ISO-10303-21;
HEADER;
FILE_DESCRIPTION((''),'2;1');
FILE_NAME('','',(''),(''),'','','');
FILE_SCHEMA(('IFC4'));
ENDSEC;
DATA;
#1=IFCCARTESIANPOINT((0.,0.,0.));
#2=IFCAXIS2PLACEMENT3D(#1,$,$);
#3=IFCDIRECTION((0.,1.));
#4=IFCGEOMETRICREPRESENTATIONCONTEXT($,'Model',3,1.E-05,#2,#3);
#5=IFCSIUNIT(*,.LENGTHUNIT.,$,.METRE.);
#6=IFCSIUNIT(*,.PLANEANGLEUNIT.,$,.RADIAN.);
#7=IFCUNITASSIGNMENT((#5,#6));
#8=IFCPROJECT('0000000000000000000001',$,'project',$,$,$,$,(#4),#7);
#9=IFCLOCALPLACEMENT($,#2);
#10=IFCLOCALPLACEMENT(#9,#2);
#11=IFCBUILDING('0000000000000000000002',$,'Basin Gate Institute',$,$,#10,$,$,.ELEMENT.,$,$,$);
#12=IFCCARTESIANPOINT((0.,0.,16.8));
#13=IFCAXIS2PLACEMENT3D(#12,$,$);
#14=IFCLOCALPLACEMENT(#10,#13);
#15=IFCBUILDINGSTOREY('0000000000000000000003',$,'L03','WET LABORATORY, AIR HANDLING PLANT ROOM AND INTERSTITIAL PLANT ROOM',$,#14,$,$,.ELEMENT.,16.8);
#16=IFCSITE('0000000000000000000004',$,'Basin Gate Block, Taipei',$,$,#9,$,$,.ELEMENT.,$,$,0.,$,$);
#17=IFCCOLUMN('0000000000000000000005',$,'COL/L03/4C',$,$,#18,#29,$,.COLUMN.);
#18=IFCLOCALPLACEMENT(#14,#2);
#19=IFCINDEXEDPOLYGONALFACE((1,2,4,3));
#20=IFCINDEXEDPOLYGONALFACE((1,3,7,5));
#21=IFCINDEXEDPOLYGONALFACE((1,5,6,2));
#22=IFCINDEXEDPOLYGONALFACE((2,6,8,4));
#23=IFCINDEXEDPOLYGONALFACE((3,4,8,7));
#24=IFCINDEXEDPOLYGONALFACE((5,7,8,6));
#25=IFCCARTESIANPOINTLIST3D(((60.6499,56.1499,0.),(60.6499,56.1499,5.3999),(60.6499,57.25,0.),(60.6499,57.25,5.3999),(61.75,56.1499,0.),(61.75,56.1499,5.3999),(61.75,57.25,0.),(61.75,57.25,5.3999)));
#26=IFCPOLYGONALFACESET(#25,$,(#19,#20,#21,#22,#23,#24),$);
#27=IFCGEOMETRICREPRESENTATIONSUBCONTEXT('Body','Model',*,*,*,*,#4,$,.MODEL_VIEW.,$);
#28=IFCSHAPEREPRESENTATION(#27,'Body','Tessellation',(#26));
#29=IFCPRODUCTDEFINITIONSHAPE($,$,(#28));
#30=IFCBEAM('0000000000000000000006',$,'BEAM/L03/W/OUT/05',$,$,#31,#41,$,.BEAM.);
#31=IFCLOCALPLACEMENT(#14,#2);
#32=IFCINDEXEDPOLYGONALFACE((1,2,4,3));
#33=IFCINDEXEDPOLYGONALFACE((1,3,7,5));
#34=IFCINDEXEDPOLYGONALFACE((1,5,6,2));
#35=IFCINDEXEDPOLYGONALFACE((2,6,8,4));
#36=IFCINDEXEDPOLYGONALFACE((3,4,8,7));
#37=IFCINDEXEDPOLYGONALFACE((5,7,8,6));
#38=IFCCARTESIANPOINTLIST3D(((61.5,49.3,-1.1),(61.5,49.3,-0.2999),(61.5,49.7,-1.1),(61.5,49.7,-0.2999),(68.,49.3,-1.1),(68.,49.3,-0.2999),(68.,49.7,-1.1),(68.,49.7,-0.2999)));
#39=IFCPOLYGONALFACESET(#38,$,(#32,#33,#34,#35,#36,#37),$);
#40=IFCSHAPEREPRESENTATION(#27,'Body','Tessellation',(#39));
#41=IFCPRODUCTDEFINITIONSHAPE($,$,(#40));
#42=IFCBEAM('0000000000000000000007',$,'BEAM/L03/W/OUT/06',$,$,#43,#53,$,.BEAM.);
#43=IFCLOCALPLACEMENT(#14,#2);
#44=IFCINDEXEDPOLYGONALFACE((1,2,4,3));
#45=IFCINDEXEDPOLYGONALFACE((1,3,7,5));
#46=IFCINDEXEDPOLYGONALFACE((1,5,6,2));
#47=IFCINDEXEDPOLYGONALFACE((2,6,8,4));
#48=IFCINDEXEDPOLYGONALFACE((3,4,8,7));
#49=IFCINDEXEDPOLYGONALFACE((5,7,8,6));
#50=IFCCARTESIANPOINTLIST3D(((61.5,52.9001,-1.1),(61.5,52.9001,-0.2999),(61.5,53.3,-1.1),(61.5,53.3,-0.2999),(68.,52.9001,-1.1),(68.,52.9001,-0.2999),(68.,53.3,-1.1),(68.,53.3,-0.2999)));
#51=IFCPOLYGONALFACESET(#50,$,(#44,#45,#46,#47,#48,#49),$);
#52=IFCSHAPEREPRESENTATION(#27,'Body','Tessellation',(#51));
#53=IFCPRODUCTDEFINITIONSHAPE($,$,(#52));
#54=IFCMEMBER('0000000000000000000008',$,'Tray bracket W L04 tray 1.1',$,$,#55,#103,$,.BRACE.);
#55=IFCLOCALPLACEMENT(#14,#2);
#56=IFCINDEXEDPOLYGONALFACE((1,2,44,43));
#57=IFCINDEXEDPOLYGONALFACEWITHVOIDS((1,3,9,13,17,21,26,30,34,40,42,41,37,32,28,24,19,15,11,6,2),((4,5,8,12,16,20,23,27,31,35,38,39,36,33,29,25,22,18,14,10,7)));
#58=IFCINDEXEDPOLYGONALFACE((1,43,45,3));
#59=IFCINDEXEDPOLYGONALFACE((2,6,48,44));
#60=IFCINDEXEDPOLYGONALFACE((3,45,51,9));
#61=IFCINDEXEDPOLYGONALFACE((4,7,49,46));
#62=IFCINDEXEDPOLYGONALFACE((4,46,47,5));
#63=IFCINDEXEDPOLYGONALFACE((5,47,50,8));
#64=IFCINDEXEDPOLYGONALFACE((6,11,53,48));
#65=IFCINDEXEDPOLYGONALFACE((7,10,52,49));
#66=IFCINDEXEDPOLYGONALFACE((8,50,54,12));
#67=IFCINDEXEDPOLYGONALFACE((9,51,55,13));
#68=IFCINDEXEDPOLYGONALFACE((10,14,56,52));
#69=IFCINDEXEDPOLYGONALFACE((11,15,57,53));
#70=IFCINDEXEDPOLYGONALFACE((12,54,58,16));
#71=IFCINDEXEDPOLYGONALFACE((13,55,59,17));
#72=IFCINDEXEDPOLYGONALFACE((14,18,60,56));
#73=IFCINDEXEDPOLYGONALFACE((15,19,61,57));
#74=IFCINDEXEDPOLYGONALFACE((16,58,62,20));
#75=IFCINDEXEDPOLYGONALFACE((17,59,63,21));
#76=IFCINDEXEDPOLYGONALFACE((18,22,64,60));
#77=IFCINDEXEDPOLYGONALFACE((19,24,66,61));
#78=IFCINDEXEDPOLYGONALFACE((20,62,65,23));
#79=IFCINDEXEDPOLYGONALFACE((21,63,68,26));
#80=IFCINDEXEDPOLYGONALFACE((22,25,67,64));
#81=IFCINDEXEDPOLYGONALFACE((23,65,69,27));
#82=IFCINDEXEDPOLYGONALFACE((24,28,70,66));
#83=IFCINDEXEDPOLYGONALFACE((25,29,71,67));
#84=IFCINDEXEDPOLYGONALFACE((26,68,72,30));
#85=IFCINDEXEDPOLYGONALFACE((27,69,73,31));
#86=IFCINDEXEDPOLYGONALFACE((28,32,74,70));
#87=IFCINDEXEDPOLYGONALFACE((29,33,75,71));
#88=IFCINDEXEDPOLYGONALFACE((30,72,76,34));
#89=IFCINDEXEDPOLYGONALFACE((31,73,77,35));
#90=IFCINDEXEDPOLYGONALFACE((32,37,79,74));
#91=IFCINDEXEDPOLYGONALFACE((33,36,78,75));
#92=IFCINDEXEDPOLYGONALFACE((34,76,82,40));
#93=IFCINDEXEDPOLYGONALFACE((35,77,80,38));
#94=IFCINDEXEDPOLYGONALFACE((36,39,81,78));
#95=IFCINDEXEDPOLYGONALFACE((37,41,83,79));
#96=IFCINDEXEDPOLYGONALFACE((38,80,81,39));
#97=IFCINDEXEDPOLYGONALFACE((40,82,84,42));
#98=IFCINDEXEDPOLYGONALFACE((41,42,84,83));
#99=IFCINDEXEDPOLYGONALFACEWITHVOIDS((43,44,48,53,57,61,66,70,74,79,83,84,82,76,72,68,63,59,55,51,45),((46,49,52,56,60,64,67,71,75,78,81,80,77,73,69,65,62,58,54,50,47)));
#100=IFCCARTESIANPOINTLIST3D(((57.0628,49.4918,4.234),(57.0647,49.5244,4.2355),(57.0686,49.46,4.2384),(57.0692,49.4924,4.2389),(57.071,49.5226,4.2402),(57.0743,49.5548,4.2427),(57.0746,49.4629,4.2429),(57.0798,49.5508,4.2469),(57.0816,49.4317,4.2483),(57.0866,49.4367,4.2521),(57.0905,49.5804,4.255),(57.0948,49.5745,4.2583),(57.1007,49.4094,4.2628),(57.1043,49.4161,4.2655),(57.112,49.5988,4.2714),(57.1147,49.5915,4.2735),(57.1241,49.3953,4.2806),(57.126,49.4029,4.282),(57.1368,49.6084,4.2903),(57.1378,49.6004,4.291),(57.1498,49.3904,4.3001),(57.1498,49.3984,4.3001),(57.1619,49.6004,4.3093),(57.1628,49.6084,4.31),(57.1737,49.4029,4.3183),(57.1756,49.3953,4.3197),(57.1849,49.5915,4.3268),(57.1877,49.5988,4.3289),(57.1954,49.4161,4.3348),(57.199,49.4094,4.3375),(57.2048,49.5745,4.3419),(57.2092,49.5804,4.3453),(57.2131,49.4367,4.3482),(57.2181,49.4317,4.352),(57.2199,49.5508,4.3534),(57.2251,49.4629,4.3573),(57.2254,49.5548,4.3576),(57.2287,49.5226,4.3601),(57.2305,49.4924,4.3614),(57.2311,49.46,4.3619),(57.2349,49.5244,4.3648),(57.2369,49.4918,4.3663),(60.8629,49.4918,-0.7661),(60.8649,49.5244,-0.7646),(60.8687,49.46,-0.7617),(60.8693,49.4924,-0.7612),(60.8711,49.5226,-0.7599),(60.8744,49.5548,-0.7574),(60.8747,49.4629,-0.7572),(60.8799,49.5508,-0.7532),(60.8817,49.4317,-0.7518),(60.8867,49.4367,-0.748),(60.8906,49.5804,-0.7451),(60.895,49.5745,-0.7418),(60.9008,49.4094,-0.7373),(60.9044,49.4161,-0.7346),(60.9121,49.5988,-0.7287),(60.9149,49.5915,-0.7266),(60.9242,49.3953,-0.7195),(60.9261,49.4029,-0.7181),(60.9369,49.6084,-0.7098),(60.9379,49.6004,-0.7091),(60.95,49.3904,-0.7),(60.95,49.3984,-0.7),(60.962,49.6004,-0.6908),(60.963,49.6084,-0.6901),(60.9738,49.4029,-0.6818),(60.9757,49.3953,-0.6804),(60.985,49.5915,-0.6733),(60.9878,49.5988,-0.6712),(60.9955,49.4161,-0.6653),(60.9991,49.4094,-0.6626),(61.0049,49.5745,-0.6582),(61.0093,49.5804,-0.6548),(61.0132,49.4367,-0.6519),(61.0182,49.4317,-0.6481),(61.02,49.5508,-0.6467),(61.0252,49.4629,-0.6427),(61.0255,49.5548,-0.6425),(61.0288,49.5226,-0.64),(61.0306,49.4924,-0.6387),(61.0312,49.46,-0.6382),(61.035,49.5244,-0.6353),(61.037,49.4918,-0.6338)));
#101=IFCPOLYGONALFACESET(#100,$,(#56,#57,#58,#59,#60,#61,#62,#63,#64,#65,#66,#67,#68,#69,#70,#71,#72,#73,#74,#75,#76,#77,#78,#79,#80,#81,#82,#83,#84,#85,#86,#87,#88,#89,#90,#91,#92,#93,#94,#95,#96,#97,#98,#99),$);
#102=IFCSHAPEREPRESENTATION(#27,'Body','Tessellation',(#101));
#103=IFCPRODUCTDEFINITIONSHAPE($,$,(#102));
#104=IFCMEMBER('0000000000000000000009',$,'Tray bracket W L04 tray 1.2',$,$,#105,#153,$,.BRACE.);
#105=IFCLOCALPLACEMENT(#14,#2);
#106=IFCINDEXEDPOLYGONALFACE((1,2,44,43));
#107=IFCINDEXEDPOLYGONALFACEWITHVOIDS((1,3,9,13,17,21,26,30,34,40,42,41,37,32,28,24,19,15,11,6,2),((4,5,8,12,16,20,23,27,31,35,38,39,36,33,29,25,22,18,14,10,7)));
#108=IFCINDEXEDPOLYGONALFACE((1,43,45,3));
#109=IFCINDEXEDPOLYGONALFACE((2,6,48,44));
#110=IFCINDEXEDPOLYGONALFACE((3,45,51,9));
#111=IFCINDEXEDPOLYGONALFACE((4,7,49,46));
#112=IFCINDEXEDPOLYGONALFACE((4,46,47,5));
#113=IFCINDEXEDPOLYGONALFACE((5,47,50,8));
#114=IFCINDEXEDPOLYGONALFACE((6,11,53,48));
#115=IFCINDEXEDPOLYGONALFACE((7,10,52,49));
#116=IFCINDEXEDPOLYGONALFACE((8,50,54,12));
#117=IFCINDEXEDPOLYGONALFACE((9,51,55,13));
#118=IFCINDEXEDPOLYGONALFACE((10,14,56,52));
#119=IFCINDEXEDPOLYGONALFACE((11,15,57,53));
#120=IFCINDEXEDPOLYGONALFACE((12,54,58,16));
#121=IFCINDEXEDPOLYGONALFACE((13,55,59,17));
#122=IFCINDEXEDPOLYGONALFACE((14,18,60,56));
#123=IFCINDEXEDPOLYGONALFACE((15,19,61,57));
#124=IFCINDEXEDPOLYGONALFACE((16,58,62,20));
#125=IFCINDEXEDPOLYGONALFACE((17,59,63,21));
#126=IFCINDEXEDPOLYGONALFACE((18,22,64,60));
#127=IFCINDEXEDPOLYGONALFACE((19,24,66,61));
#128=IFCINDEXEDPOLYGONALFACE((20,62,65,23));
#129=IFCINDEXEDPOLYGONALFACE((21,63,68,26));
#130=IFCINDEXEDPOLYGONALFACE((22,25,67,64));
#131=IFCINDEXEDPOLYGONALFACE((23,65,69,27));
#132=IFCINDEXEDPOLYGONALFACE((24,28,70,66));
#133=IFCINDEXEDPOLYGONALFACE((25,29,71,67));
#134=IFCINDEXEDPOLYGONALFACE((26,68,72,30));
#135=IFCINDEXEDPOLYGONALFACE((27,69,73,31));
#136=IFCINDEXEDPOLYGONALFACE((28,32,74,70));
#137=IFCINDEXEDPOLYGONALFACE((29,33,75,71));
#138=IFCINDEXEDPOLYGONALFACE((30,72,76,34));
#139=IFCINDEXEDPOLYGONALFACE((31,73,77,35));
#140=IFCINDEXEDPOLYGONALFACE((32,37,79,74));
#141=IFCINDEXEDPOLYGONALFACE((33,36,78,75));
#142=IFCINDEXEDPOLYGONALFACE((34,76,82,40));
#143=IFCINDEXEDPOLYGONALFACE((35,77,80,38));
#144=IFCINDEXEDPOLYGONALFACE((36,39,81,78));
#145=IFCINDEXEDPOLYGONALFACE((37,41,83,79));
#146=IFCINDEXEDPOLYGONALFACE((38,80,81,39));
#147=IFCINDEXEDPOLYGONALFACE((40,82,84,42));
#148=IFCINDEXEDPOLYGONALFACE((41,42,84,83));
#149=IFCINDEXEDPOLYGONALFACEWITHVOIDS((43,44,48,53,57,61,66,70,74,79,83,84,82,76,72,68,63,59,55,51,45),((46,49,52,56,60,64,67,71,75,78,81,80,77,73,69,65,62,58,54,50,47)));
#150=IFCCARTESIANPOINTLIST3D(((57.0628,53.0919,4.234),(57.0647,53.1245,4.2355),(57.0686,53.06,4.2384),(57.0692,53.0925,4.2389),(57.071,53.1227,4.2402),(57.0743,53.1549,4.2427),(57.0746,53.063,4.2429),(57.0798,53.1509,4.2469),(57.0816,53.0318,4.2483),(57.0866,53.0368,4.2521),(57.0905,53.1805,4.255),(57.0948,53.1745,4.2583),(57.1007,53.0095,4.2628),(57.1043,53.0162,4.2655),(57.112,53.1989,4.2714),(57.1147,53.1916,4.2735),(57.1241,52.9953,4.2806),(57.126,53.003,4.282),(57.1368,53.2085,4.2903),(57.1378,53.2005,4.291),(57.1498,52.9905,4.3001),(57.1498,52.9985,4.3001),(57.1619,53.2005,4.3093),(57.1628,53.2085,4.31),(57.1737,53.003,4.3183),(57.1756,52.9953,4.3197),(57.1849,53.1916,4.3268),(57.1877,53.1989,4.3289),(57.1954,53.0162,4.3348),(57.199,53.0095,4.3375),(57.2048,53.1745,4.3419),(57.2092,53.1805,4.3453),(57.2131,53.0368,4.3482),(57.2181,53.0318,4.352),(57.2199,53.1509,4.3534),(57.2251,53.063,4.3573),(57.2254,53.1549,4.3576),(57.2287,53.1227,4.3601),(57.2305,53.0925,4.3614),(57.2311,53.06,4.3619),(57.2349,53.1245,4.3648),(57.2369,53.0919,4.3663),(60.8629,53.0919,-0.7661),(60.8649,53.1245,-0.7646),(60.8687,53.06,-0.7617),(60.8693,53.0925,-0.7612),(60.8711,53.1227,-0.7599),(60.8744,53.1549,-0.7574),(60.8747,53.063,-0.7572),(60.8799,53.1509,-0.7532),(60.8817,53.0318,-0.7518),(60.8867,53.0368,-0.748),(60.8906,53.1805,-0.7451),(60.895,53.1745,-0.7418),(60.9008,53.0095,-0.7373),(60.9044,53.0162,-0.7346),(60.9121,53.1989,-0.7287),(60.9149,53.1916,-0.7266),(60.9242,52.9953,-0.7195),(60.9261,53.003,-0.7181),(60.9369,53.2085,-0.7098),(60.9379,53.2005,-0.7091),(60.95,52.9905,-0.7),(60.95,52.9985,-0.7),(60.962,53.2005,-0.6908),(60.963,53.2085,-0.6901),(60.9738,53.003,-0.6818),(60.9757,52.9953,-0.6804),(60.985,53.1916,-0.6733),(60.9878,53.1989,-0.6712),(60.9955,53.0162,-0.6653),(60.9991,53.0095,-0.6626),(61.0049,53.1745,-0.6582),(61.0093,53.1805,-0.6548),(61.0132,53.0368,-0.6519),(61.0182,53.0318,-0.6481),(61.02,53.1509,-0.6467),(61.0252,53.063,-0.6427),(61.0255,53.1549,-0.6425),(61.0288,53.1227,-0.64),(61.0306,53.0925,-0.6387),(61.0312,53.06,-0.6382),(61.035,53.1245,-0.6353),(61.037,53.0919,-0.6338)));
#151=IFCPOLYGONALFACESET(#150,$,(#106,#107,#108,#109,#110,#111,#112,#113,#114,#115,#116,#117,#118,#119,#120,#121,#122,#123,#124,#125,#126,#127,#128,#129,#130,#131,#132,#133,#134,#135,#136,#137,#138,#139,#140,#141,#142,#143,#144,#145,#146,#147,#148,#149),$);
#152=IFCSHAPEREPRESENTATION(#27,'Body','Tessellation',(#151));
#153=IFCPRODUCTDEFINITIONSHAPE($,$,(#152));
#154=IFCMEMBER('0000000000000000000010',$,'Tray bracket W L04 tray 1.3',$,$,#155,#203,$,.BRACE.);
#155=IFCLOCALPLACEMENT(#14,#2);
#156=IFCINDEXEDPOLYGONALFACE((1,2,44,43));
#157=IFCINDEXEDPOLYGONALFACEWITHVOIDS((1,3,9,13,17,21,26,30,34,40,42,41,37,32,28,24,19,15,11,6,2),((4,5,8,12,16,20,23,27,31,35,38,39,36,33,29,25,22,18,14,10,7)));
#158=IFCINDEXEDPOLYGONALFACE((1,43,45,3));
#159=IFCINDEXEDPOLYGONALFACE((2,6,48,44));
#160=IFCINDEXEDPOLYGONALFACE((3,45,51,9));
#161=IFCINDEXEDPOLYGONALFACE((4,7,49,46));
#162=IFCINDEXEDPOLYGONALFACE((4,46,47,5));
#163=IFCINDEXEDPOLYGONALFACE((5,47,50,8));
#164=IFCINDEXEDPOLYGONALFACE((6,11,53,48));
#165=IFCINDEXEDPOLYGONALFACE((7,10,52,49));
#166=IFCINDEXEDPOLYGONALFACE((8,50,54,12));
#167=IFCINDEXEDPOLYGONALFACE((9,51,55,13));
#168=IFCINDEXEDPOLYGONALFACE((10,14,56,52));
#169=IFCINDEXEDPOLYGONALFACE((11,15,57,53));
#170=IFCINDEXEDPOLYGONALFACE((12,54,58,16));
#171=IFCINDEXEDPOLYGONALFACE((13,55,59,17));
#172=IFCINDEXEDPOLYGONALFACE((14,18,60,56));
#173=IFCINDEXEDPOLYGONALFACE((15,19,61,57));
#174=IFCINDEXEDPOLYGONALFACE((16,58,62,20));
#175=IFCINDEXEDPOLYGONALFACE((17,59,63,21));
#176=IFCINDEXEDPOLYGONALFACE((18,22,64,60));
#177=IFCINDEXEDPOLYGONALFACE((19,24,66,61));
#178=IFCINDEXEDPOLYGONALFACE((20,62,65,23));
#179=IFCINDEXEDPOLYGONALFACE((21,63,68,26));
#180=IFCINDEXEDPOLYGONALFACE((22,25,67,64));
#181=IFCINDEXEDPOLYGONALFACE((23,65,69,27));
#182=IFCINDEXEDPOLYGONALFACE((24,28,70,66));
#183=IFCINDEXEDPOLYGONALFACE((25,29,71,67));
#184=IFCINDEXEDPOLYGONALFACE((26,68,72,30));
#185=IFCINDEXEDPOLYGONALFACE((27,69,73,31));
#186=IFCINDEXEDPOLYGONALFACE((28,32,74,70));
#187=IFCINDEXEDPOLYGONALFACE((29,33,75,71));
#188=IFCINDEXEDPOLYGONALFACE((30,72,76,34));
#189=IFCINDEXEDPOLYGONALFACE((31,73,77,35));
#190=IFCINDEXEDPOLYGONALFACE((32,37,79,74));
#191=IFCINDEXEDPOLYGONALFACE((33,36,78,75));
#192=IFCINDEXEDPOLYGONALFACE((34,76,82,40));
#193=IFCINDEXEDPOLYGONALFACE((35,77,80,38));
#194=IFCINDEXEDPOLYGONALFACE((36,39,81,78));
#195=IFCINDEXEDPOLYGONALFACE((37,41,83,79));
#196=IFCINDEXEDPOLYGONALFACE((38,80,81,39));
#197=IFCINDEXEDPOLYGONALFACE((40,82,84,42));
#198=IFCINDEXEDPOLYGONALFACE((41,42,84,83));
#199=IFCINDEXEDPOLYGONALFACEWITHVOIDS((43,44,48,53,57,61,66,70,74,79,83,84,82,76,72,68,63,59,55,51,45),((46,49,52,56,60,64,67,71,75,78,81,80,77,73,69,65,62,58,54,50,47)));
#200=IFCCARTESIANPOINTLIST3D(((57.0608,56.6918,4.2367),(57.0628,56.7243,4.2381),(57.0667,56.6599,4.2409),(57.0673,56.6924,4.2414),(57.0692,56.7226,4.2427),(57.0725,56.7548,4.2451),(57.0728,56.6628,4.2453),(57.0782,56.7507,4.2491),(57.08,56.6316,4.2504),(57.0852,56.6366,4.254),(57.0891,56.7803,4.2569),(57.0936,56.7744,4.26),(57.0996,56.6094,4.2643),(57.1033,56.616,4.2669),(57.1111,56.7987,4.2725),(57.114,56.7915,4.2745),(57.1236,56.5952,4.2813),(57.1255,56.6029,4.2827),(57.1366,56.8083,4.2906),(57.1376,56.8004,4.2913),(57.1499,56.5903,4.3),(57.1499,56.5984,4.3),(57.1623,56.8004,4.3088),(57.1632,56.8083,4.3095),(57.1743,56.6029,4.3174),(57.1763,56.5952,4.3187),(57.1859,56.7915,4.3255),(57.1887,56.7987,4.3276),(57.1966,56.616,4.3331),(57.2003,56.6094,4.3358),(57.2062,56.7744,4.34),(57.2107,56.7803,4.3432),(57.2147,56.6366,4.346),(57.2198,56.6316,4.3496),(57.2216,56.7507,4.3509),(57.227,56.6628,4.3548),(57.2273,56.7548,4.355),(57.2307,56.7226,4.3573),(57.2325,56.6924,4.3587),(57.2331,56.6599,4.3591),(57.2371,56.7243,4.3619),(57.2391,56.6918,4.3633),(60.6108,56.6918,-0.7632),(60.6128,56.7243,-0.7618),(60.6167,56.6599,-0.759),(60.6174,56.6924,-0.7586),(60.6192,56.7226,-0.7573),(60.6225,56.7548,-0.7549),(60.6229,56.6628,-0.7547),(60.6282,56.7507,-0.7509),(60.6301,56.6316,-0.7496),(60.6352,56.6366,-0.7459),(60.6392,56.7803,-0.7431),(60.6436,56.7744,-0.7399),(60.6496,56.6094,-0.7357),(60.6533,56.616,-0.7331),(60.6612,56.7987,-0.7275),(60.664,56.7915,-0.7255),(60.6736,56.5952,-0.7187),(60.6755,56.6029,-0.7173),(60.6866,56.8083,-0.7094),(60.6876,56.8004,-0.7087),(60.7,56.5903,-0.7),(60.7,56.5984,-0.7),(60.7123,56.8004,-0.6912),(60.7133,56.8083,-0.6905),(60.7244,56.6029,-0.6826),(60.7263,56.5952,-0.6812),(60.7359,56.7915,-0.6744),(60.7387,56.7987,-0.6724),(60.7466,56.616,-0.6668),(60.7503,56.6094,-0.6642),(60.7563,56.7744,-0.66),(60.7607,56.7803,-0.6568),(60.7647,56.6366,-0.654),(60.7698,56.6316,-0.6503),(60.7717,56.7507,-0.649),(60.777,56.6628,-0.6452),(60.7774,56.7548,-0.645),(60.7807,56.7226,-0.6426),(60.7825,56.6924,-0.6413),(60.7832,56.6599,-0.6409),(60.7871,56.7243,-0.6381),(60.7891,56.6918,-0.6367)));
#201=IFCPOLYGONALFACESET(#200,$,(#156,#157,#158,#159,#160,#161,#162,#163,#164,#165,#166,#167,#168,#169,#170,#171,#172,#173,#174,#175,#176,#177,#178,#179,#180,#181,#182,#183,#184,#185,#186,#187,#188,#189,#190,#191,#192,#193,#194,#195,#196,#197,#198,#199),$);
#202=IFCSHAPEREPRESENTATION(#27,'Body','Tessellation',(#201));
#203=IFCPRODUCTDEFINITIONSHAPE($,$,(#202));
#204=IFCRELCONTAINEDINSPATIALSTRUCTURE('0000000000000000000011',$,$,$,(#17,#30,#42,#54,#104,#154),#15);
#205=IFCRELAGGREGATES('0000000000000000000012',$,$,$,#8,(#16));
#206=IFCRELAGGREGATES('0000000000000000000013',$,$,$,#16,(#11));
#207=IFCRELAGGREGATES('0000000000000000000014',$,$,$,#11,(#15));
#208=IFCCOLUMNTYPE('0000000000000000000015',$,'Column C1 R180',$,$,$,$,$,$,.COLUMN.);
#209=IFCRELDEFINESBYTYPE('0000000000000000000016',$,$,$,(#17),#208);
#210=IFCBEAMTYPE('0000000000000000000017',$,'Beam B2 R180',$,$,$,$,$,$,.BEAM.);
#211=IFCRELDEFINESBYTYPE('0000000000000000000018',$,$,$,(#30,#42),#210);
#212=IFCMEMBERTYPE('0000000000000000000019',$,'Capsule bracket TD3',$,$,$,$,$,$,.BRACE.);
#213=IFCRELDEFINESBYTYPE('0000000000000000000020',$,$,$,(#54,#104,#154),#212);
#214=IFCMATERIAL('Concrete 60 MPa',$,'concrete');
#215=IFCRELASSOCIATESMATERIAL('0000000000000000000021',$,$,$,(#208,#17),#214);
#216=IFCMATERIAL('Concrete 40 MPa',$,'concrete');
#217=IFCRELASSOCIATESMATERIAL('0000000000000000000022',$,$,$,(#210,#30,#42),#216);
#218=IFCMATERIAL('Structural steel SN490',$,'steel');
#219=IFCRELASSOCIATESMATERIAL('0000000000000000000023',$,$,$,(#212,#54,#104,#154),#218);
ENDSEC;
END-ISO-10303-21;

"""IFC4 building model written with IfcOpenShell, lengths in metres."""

from ifc_helpers import new_model, si_unit, direction, frame, origin, origin_2d, place, context, subcontext, project, spatial, rectangle, hollow_circle, extrude, material, material_profile, profile_set, type_object, element, save


model = new_model("IFC4")

# Units and contexts
model_context = context("Model", 3, precision=1e-05, world=origin(), true_north=direction((0.0, 1.0)))
body_context = subcontext(model_context, "Body", "Model", "MODEL_VIEW")
ifc_project = project(units=[si_unit("LENGTHUNIT", "METRE"), si_unit("PLANEANGLEUNIT", "RADIAN")], contexts=[model_context])

# Site, building, storey
site_placement = place(None, origin())
site = spatial("IfcSite", under=ifc_project, at=site_placement, Name="Basin Gate Block, Taipei", CompositionType="ELEMENT", RefElevation=0.0)
building_placement = place(site_placement, origin())
building = spatial("IfcBuilding", under=site, at=building_placement, Name="Basin Gate Institute", CompositionType="ELEMENT")
storey_placement = place(building_placement, frame((0.0, 0.0, 16.8)))
storey = spatial("IfcBuildingStorey", under=building, at=storey_placement, Name="L03", Description="WET LABORATORY, AIR HANDLING PLANT ROOM AND INTERSTITIAL PLANT ROOM", CompositionType="ELEMENT", Elevation=16.8)

# Column
ifc_material_1 = material(Name="Concrete 60 MPa", Category="concrete")
ifc_material_profile_1 = material_profile(ifc_material_1, rectangle(XDim=1.1001, YDim=1.1001, at=origin_2d()), Name="Column C1 1100 x 1100")
ifc_profile_set_1 = profile_set([ifc_material_profile_1], Name="Concrete 60 MPa")
column_type = type_object("IfcColumnType", Name="Column C1 R180", PredefinedType="COLUMN", material=ifc_profile_set_1)
column_placement = place(storey_placement, frame((61.2, 56.7, 0.0), z_axis=(0.0, 0.0, 1.0), x_axis=(1.0, 0.0, 0.0)))
element("IfcColumn", 1, at=column_placement, inside=storey, type_object=column_type, material=ifc_profile_set_1, Name="COL/L03/4C", PredefinedType="COLUMN", context=body_context, shape_type="SweptSolid", body=[
    extrude(rectangle(XDim=1.1001, YDim=1.1001, at=origin_2d()), origin(), (0.0, 0.0, 1.0), 5.3999),
])

# Beams
ifc_material_2 = material(Name="Concrete 40 MPa", Category="concrete")
ifc_material_profile_2 = material_profile(ifc_material_2, rectangle(XDim=0.3999, YDim=0.8, at=origin_2d()), Name="Beam B2 400 x 800")
ifc_profile_set_2 = profile_set([ifc_material_profile_2], Name="Concrete 40 MPa")
beam_type_1 = type_object("IfcBeamType", Name="Beam B2 R180", PredefinedType="BEAM", material=ifc_profile_set_2)
for number, where, z_axis, x_axis, name in (
    (2, (61.5, 49.5, -0.7), (1.0, 0.0, 0.0), (0.0, 1.0, 0.0), "BEAM/L03/W/OUT/05"),
    (3, (61.5, 53.1001, -0.7), (1.0, 0.0, 0.0), (0.0, 1.0, 0.0), "BEAM/L03/W/OUT/06"),
):
    element("IfcBeam", number, at=place(storey_placement, frame(where, z_axis=z_axis, x_axis=x_axis)), inside=storey, type_object=beam_type_1, material=ifc_profile_set_2, Name=name, PredefinedType="BEAM", context=body_context, shape_type="SweptSolid", body=[
        extrude(rectangle(XDim=0.3999, YDim=0.8, at=origin_2d()), origin(), (0.0, 0.0, 1.0), 6.5),
    ])

# Members
ifc_material_3 = material(Name="Structural steel SN490", Category="steel")
ifc_material_profile_3 = material_profile(ifc_material_3, hollow_circle(Radius=0.1096, WallThickness=0.0081, at=origin_2d()), Name="CHS219x8")
ifc_profile_set_3 = profile_set([ifc_material_profile_3], Name="Structural steel SN490")
member_type = type_object("IfcMemberType", Name="Capsule bracket TD3", PredefinedType="BRACE", material=ifc_profile_set_3)
for number, where, z_axis, x_axis, name in (
    (4, (60.95, 49.5, -0.7), (-0.605088, 0.0, 0.796158), (0.0, -1.0, 0.0), "Tray bracket W L04 tray 1.1"),
    (5, (60.95, 53.1001, -0.7), (-0.605088, 0.0, 0.796158), (0.0, -1.0, 0.0), "Tray bracket W L04 tray 1.2"),
):
    element("IfcMember", number, at=place(storey_placement, frame(where, z_axis=z_axis, x_axis=x_axis)), inside=storey, type_object=member_type, material=ifc_profile_set_3, Name=name, PredefinedType="BRACE", context=body_context, shape_type="SweptSolid", body=[
        extrude(hollow_circle(Radius=0.1096, WallThickness=0.0081, at=origin_2d()), origin(), (0.0, 0.0, 1.0), 6.2803),
    ])
member_placement = place(storey_placement, frame((60.7, 56.7, -0.7), z_axis=(-0.578927, 0.0, 0.815379), x_axis=(0.0, -1.0, 0.0)))
element("IfcMember", 6, at=member_placement, inside=storey, type_object=member_type, material=ifc_profile_set_3, Name="Tray bracket W L04 tray 1.3", PredefinedType="BRACE", context=body_context, shape_type="SweptSolid", body=[
    extrude(hollow_circle(Radius=0.1096, WallThickness=0.0081, at=origin_2d()), origin(), (0.0, 0.0, 1.0), 6.1321),
])

save(model, "model.ifc")
